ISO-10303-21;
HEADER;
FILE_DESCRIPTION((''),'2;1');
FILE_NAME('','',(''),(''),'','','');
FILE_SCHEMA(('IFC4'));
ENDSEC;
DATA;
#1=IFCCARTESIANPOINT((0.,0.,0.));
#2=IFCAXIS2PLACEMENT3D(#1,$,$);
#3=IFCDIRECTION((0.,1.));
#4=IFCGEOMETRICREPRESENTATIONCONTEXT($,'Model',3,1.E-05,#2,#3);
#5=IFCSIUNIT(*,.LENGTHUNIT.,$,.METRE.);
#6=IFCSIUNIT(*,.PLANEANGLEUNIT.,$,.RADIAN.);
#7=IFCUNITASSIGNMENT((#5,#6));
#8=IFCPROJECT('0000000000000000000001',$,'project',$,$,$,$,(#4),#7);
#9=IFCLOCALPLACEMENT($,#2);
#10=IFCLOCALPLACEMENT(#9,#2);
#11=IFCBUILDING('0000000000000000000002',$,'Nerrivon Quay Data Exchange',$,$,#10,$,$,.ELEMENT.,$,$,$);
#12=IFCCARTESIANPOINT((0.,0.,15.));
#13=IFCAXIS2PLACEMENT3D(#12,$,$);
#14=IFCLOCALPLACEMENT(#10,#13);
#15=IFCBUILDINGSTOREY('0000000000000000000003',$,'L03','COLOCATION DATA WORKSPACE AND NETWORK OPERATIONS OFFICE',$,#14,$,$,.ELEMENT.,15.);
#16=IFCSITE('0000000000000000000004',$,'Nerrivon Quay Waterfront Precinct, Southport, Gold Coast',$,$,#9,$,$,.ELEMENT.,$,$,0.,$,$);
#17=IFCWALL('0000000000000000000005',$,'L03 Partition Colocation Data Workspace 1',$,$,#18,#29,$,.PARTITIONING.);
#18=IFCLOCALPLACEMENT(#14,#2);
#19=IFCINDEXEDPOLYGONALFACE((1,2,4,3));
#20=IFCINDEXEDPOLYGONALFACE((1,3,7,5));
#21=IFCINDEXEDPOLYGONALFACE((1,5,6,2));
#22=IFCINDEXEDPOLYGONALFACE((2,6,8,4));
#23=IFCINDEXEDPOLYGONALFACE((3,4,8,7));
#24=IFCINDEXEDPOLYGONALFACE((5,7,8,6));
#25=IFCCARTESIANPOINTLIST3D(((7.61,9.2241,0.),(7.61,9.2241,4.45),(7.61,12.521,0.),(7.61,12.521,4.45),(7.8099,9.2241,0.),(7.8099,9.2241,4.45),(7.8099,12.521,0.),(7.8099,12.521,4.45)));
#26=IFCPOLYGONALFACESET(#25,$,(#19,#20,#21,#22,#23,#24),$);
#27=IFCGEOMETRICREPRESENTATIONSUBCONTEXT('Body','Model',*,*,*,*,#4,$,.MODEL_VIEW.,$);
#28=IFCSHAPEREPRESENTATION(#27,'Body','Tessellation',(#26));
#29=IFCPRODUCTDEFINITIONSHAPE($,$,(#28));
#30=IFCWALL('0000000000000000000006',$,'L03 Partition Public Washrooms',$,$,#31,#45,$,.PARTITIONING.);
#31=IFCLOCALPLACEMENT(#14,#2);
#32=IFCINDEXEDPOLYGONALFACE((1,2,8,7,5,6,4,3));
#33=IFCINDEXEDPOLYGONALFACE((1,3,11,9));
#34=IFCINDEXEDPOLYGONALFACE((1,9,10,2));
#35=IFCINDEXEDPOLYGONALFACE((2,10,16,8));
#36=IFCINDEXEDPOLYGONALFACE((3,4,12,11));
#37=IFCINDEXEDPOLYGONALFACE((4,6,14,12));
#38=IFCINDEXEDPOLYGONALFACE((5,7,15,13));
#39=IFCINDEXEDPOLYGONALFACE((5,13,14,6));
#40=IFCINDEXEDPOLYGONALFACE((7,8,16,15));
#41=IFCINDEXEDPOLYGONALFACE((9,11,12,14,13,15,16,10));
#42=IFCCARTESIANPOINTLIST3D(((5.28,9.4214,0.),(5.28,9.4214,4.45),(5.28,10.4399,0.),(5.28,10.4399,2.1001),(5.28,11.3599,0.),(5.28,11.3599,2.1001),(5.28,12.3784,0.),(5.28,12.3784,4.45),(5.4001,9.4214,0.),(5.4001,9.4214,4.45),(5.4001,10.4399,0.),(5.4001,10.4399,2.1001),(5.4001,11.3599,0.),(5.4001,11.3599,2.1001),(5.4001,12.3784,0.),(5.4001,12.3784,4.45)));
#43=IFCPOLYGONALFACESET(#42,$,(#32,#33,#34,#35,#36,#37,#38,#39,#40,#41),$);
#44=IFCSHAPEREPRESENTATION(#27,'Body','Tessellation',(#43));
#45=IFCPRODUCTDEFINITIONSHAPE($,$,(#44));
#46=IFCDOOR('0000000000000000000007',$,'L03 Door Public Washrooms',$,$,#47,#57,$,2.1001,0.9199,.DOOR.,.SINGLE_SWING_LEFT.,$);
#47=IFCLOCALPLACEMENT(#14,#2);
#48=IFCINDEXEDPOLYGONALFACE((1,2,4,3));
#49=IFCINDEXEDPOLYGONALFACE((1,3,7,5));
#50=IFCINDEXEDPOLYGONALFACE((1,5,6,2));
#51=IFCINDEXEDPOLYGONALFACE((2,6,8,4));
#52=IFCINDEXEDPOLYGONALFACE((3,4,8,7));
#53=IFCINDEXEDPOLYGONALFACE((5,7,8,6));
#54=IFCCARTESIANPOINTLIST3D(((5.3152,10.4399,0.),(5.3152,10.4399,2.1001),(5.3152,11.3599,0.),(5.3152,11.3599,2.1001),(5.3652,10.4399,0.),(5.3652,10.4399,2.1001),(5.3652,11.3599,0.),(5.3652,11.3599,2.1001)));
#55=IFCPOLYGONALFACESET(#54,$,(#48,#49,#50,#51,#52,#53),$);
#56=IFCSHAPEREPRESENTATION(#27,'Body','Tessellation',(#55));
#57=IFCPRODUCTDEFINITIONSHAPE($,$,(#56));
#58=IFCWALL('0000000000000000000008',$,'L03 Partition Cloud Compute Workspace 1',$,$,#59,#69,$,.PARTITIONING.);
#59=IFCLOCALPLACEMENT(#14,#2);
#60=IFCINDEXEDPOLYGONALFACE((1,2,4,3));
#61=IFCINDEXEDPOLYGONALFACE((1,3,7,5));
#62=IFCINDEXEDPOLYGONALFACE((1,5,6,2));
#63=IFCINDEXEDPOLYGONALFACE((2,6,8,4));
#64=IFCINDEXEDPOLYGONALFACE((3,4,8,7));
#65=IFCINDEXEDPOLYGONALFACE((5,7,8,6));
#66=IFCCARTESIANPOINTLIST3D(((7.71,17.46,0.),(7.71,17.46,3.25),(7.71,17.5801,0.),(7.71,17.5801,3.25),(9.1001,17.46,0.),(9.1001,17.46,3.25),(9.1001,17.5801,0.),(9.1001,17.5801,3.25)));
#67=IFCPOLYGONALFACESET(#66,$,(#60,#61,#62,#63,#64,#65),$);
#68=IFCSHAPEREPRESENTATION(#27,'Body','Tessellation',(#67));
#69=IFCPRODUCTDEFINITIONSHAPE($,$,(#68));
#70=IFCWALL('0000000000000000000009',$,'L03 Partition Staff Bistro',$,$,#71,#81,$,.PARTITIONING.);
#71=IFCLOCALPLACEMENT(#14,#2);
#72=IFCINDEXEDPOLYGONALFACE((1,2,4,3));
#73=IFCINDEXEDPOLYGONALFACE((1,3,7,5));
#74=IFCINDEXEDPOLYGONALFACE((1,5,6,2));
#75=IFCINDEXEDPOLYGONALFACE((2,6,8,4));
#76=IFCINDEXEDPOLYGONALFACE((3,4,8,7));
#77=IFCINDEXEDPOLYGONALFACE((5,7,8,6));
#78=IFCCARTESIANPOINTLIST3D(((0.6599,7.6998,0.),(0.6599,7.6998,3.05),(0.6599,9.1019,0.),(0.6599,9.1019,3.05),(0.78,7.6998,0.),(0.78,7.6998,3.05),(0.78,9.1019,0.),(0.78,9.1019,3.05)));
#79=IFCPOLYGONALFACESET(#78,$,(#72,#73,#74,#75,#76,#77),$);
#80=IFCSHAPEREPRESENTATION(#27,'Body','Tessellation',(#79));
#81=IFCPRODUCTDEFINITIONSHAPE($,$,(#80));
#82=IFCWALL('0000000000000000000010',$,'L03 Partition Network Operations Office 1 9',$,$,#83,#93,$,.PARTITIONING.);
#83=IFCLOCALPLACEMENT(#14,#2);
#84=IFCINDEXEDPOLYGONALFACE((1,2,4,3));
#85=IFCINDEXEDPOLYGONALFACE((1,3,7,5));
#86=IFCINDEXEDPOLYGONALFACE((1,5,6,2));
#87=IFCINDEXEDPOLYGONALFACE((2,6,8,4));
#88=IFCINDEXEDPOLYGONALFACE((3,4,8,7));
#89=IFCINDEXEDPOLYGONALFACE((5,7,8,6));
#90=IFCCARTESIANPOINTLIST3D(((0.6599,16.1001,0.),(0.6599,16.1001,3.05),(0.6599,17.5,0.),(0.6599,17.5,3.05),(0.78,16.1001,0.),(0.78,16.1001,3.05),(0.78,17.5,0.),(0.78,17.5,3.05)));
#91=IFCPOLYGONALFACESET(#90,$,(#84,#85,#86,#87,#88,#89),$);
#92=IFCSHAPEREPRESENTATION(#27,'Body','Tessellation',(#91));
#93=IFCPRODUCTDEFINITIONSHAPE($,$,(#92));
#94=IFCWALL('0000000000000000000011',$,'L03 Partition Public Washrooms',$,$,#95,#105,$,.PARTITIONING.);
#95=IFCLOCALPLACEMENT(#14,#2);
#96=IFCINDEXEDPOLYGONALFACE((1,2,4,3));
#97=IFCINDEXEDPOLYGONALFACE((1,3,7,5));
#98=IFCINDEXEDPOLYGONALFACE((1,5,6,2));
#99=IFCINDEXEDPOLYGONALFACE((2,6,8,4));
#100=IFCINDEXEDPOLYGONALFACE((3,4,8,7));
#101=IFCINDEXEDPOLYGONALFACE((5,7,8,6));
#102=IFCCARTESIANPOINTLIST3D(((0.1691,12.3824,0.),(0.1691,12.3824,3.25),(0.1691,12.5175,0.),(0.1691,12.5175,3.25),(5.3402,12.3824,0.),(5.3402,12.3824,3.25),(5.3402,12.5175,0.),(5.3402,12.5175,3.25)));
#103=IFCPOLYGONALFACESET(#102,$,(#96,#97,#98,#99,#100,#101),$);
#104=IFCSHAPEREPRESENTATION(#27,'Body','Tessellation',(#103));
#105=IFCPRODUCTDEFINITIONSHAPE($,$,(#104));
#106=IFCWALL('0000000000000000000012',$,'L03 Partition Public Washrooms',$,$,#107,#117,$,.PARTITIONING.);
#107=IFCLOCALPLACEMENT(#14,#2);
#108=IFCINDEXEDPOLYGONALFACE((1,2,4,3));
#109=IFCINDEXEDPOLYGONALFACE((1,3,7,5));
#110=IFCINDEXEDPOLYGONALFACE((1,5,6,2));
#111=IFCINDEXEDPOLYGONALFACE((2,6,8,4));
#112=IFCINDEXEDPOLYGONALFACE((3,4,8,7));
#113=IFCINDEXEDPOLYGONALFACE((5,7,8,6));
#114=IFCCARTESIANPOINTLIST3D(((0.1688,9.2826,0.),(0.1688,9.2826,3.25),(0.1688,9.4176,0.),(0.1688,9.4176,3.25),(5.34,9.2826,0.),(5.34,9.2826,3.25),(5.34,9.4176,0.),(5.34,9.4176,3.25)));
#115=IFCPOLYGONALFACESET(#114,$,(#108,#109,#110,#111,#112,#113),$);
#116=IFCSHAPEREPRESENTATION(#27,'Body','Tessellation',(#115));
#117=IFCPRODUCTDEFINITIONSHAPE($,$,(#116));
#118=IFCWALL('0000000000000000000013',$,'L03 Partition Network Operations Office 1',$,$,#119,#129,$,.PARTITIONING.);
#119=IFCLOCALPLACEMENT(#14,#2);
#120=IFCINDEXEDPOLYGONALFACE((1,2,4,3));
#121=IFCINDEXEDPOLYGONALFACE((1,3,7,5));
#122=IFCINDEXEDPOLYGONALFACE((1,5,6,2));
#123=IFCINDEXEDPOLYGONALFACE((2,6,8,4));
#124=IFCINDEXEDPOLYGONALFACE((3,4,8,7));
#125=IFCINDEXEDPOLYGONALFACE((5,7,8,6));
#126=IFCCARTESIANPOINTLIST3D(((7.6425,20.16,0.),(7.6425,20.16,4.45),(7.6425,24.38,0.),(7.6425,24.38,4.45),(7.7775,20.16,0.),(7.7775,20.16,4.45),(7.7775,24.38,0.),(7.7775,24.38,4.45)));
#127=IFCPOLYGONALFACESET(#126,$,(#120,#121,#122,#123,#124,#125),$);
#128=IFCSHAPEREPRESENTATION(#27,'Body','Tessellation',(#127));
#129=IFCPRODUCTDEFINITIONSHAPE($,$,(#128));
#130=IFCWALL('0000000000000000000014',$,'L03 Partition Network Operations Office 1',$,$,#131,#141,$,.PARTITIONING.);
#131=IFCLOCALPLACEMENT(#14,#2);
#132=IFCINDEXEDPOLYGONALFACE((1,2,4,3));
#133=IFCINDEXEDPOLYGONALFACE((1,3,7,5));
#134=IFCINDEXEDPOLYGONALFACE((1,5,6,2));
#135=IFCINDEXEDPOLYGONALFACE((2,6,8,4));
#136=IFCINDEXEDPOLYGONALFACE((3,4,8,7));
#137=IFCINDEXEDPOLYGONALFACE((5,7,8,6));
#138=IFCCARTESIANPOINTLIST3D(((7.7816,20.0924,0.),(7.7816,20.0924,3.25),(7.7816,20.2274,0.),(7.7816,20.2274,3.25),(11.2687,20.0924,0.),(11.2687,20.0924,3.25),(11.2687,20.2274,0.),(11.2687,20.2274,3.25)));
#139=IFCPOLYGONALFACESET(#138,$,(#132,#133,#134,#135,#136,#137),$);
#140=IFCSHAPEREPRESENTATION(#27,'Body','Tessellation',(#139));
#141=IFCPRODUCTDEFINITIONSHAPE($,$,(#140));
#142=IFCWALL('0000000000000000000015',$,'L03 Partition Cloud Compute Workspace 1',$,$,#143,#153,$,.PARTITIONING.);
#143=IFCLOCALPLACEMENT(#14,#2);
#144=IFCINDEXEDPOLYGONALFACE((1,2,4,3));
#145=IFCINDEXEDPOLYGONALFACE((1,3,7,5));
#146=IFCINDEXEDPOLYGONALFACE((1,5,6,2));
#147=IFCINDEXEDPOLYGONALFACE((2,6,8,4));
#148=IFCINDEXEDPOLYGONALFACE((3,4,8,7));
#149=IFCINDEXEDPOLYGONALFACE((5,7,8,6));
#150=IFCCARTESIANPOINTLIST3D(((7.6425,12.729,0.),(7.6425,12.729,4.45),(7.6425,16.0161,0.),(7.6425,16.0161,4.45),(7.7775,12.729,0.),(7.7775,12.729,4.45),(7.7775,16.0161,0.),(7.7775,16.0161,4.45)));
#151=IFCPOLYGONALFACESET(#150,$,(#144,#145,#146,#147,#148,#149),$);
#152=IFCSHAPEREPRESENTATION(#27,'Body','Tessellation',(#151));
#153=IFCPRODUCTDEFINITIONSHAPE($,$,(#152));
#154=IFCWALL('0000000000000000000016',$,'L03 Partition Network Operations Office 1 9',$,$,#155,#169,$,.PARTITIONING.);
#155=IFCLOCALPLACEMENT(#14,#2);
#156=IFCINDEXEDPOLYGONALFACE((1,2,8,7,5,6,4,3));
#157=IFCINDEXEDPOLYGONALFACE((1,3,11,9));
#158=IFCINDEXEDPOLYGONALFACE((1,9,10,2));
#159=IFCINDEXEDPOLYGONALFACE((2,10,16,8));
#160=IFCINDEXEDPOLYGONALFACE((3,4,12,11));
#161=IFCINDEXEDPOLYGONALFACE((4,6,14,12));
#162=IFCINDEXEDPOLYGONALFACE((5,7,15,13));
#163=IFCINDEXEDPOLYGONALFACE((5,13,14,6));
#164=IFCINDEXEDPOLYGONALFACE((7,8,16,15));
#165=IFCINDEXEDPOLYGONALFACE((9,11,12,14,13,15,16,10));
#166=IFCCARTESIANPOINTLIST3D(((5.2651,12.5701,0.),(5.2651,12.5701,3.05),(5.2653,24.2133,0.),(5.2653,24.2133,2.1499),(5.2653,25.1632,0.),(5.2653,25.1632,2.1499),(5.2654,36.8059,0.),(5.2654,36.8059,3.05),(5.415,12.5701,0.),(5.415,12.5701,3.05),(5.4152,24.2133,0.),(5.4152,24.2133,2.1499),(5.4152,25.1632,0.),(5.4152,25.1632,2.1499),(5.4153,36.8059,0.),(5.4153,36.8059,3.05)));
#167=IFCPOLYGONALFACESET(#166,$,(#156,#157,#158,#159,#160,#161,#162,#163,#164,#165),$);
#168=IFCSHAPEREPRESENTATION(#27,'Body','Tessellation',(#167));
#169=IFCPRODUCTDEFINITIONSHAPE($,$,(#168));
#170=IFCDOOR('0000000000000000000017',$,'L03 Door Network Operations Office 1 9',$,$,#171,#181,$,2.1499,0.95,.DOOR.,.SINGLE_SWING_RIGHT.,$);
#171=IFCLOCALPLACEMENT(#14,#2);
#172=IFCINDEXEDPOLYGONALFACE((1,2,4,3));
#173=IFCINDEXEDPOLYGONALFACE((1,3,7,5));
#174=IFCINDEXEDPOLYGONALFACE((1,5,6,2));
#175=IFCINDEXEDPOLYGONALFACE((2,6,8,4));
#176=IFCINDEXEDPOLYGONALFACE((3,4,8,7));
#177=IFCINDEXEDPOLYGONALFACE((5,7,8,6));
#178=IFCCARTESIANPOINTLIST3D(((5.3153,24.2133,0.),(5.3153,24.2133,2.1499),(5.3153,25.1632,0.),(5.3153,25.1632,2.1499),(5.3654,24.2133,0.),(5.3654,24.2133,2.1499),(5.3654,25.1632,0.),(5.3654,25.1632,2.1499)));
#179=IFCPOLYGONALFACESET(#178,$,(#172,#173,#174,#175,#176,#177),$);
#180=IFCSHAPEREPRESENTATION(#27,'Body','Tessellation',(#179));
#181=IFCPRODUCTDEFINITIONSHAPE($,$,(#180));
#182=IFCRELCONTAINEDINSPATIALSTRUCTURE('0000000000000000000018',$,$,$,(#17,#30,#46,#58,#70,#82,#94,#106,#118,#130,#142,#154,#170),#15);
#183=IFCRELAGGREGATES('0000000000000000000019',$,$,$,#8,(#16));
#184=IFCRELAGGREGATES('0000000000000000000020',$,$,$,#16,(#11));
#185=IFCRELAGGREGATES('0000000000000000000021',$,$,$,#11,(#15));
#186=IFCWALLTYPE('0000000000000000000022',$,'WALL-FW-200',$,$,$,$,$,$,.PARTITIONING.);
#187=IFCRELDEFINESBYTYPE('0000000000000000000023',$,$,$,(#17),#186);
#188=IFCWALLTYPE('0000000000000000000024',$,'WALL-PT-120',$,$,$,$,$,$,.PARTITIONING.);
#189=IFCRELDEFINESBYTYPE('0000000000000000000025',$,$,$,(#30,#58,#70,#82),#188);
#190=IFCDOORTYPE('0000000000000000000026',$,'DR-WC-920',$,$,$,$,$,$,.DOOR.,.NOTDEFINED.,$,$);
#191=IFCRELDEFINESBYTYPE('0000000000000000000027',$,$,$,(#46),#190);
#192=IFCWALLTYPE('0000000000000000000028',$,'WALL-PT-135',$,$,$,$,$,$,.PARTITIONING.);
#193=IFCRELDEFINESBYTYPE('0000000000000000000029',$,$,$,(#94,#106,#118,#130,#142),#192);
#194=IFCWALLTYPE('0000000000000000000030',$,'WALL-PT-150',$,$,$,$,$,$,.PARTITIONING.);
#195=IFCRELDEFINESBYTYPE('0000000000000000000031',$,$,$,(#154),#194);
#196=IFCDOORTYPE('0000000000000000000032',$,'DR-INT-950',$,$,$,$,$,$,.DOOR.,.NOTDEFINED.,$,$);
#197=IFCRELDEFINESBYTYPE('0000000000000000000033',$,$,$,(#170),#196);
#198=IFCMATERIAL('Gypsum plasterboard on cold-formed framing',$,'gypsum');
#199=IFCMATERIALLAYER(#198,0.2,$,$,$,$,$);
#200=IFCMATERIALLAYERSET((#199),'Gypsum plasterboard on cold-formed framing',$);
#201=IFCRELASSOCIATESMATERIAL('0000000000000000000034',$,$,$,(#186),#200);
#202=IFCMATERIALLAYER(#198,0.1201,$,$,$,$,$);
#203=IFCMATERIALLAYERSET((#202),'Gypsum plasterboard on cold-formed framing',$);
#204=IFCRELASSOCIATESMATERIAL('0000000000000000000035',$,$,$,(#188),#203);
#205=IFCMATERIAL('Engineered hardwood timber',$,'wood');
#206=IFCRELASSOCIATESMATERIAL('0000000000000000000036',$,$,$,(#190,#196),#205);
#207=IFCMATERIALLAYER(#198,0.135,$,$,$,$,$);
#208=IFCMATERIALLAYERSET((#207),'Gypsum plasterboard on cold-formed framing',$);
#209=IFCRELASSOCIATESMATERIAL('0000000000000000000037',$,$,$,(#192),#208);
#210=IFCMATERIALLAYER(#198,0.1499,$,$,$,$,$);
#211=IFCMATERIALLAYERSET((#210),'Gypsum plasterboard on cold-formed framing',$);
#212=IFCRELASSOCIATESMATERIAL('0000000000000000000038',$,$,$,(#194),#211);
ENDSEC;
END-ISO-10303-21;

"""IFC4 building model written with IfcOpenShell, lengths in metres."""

from ifc_helpers import new_model, si_unit, direction, frame, frame_2d, origin, place, context, subcontext, project, spatial, rectangle, extrude, material, layer, layer_set, type_object, element, fill, save


model = new_model("IFC4")

# Units and contexts
model_context = context("Model", 3, precision=1e-05, world=origin(), true_north=direction((0.0, 1.0)))
body_context = subcontext(model_context, "Body", "Model", "MODEL_VIEW")
ifc_project = project(units=[si_unit("LENGTHUNIT", "METRE"), si_unit("PLANEANGLEUNIT", "RADIAN")], contexts=[model_context])

# Site, building, storey
site_placement = place(None, origin())
site = spatial("IfcSite", under=ifc_project, at=site_placement, Name="Nerrivon Quay Waterfront Precinct, Southport, Gold Coast", CompositionType="ELEMENT", RefElevation=0.0)
building_placement = place(site_placement, origin())
building = spatial("IfcBuilding", under=site, at=building_placement, Name="Nerrivon Quay Data Exchange", CompositionType="ELEMENT")
storey_placement = place(building_placement, frame((0.0, 0.0, 15.0)))
storey = spatial("IfcBuildingStorey", under=building, at=storey_placement, Name="L03", Description="COLOCATION DATA WORKSPACE AND NETWORK OPERATIONS OFFICE", CompositionType="ELEMENT", Elevation=15.0)

# Wall
ifc_material_1 = material(Name="Gypsum plasterboard on cold-formed framing", Category="gypsum")
ifc_layer_1 = layer(ifc_material_1, 0.2)
ifc_layer_set_1 = layer_set([ifc_layer_1], Name="Gypsum plasterboard on cold-formed framing")
wall_type_1 = type_object("IfcWallType", Name="WALL-FW-200", PredefinedType="PARTITIONING", material=ifc_layer_set_1)
wall_1_placement = place(storey_placement, frame((7.71, 12.521, 0.0), z_axis=(0.0, 0.0, 1.0), x_axis=(0.0, -1.0, 0.0)))
element("IfcWall", 1, at=wall_1_placement, inside=storey, type_object=wall_type_1, Name="L03 Partition Colocation Data Workspace 1", PredefinedType="PARTITIONING", context=body_context, shape_type="SweptSolid", body=[
    extrude(rectangle(XDim=3.2969, YDim=0.2, at=frame_2d((1.6484, 0.0))), origin(), (0.0, 0.0, 1.0), 4.45),
])

# Wall, opening, door
ifc_layer_2 = layer(ifc_material_1, 0.1201)
ifc_layer_set_2 = layer_set([ifc_layer_2], Name="Gypsum plasterboard on cold-formed framing")
wall_type_2 = type_object("IfcWallType", Name="WALL-PT-120", PredefinedType="PARTITIONING", material=ifc_layer_set_2)
wall_2_placement = place(storey_placement, frame((5.3401, 9.4214, 0.0), z_axis=(0.0, 0.0, 1.0), x_axis=(0.0, 1.0, 0.0)))
wall_2 = element("IfcWall", 2, at=wall_2_placement, inside=storey, type_object=wall_type_2, Name="L03 Partition Public Washrooms", PredefinedType="PARTITIONING", context=body_context, shape_type="SweptSolid", body=[
    extrude(rectangle(XDim=2.957, YDim=0.1201, at=frame_2d((1.4785, 0.0))), origin(), (0.0, 0.0, 1.0), 4.45),
])
opening_1_placement = place(wall_2_placement, frame((1.0186, 0.0, 0.0)))
opening_1 = element("IfcOpeningElement", 3, at=opening_1_placement, cuts=wall_2, PredefinedType="OPENING", context=body_context, shape_type="SweptSolid", body=[
    extrude(rectangle(XDim=0.9199, YDim=2.1001, at=frame_2d((0.46, 1.05))), frame((0.0, 0.0701, 0.0), z_axis=(0.0, -1.0, 0.0), x_axis=(1.0, 0.0, 0.0)), (0.0, 0.0, 1.0), 0.1401),
])
ifc_material_2 = material(Name="Engineered hardwood timber", Category="wood")
door_type_1 = type_object("IfcDoorType", Name="DR-WC-920", OperationType="NOTDEFINED", PredefinedType="DOOR", material=ifc_material_2)
door_1_placement = place(opening_1_placement, origin())
door_1 = element("IfcDoor", 4, at=door_1_placement, inside=storey, type_object=door_type_1, Name="L03 Door Public Washrooms", OperationType="SINGLE_SWING_LEFT", OverallHeight=2.1001, OverallWidth=0.9199, PredefinedType="DOOR", context=body_context, shape_type="SweptSolid", body=[
    extrude(rectangle(XDim=0.9199, YDim=2.1001, at=frame_2d((0.46, 1.05))), frame((0.0, 0.0249, 0.0), z_axis=(0.0, -1.0, 0.0), x_axis=(1.0, 0.0, 0.0)), (0.0, 0.0, 1.0), 0.05),
])
fill(opening_1, door_1)

# Walls
wall_3_placement = place(storey_placement, frame((7.71, 17.52, 0.0), z_axis=(0.0, 0.0, 1.0), x_axis=(1.0, 0.0, 0.0)))
element("IfcWall", 5, at=wall_3_placement, inside=storey, type_object=wall_type_2, Name="L03 Partition Cloud Compute Workspace 1", PredefinedType="PARTITIONING", context=body_context, shape_type="SweptSolid", body=[
    extrude(rectangle(XDim=1.3901, YDim=0.1201, at=frame_2d((0.6951, 0.0))), origin(), (0.0, 0.0, 1.0), 3.25),
])
wall_4_placement = place(storey_placement, frame((0.72, 9.1021, 0.0), z_axis=(0.0, 0.0, 1.0), x_axis=(0.0, -1.0, 0.0)))
element("IfcWall", 6, at=wall_4_placement, inside=storey, type_object=wall_type_2, Name="L03 Partition Staff Bistro", PredefinedType="PARTITIONING", context=body_context, shape_type="SweptSolid", body=[
    extrude(rectangle(XDim=1.4021, YDim=0.1201, at=frame_2d((0.7012, 0.0))), origin(), (0.0, 0.0, 1.0), 3.05),
])
wall_5_placement = place(storey_placement, frame((0.72, 17.5, 0.0), z_axis=(0.0, 0.0, 1.0), x_axis=(0.0, -1.0, 0.0)))
element("IfcWall", 7, at=wall_5_placement, inside=storey, type_object=wall_type_2, Name="L03 Partition Network Operations Office 1 9", PredefinedType="PARTITIONING", context=body_context, shape_type="SweptSolid", body=[
    extrude(rectangle(XDim=1.3999, YDim=0.1201, at=frame_2d((0.7, 0.0))), origin(), (0.0, 0.0, 1.0), 3.05),
])
ifc_layer_3 = layer(ifc_material_1, 0.135)
ifc_layer_set_3 = layer_set([ifc_layer_3], Name="Gypsum plasterboard on cold-formed framing")
wall_type_3 = type_object("IfcWallType", Name="WALL-PT-135", PredefinedType="PARTITIONING", material=ifc_layer_set_3)
for number, where, z_axis, x_axis, name in (
    (8, (5.3401, 12.45, 0.0), (0.0, 0.0, 1.0), (-1.0, 0.0, 0.0), "L03 Partition Public Washrooms"),
    (9, (0.1689, 9.3501, 0.0), (0.0, 0.0, 1.0), (1.0, 0.0, 0.0), "L03 Partition Public Washrooms"),
):
    element("IfcWall", number, at=place(storey_placement, frame(where, z_axis=z_axis, x_axis=x_axis)), inside=storey, type_object=wall_type_3, Name=name, PredefinedType="PARTITIONING", context=body_context, shape_type="SweptSolid", body=[
        extrude(rectangle(XDim=5.1711, YDim=0.135, at=frame_2d((2.5854, 0.0))), origin(), (0.0, 0.0, 1.0), 3.25),
    ])
wall_6_placement = place(storey_placement, frame((7.71, 24.3799, 0.0), z_axis=(0.0, 0.0, 1.0), x_axis=(0.0, -1.0, 0.0)))
element("IfcWall", 10, at=wall_6_placement, inside=storey, type_object=wall_type_3, Name="L03 Partition Network Operations Office 1", PredefinedType="PARTITIONING", context=body_context, shape_type="SweptSolid", body=[
    extrude(rectangle(XDim=4.22, YDim=0.135, at=frame_2d((2.1099, 0.0))), origin(), (0.0, 0.0, 1.0), 4.45),
])
wall_7_placement = place(storey_placement, frame((7.7815, 20.1599, 0.0), z_axis=(0.0, 0.0, 1.0), x_axis=(1.0, 0.0, 0.0)))
element("IfcWall", 11, at=wall_7_placement, inside=storey, type_object=wall_type_3, Name="L03 Partition Network Operations Office 1", PredefinedType="PARTITIONING", context=body_context, shape_type="SweptSolid", body=[
    extrude(rectangle(XDim=3.4871, YDim=0.135, at=frame_2d((1.7437, 0.0))), origin(), (0.0, 0.0, 1.0), 3.25),
])
wall_8_placement = place(storey_placement, frame((7.71, 16.0161, 0.0), z_axis=(0.0, 0.0, 1.0), x_axis=(0.0, -1.0, 0.0)))
element("IfcWall", 12, at=wall_8_placement, inside=storey, type_object=wall_type_3, Name="L03 Partition Cloud Compute Workspace 1", PredefinedType="PARTITIONING", context=body_context, shape_type="SweptSolid", body=[
    extrude(rectangle(XDim=3.2871, YDim=0.135, at=frame_2d((1.6436, 0.0))), origin(), (0.0, 0.0, 1.0), 4.45),
])

# Wall, opening, door
ifc_layer_4 = layer(ifc_material_1, 0.1499)
ifc_layer_set_4 = layer_set([ifc_layer_4], Name="Gypsum plasterboard on cold-formed framing")
wall_type_4 = type_object("IfcWallType", Name="WALL-PT-150", PredefinedType="PARTITIONING", material=ifc_layer_set_4)
wall_9_placement = place(storey_placement, frame((5.3401, 12.5701, 0.0), z_axis=(0.0, 0.0, 1.0), x_axis=(0.00001, 1.0, 0.0)))
wall_9 = element("IfcWall", 13, at=wall_9_placement, inside=storey, type_object=wall_type_4, Name="L03 Partition Network Operations Office 1 9", PredefinedType="PARTITIONING", context=body_context, shape_type="SweptSolid", body=[
    extrude(rectangle(XDim=24.2358, YDim=0.1499, at=frame_2d((12.1179, 0.0))), origin(), (0.0, 0.0, 1.0), 3.05),
])
opening_2_placement = place(wall_9_placement, frame((11.6431, 0.0, 0.0)))
opening_2 = element("IfcOpeningElement", 14, at=opening_2_placement, cuts=wall_9, PredefinedType="OPENING", context=body_context, shape_type="SweptSolid", body=[
    extrude(rectangle(XDim=0.95, YDim=2.1499, at=frame_2d((0.4751, 1.075))), frame((0.0, 0.085, 0.0), z_axis=(0.0, -1.0, 0.0), x_axis=(1.0, 0.0, 0.0)), (0.0, 0.0, 1.0), 0.1699),
])
door_type_2 = type_object("IfcDoorType", Name="DR-INT-950", OperationType="NOTDEFINED", PredefinedType="DOOR", material=ifc_material_2)
door_2_placement = place(opening_2_placement, origin())
door_2 = element("IfcDoor", 15, at=door_2_placement, inside=storey, type_object=door_type_2, Name="L03 Door Network Operations Office 1 9", OperationType="SINGLE_SWING_RIGHT", OverallHeight=2.1499, OverallWidth=0.95, PredefinedType="DOOR", context=body_context, shape_type="SweptSolid", body=[
    extrude(rectangle(XDim=0.95, YDim=2.1499, at=frame_2d((0.4751, 1.075))), frame((0.0, 0.0249, 0.0), z_axis=(0.0, -1.0, 0.0), x_axis=(1.0, 0.0, 0.0)), (0.0, 0.0, 1.0), 0.05),
])
fill(opening_2, door_2)

save(model, "model.ifc")
